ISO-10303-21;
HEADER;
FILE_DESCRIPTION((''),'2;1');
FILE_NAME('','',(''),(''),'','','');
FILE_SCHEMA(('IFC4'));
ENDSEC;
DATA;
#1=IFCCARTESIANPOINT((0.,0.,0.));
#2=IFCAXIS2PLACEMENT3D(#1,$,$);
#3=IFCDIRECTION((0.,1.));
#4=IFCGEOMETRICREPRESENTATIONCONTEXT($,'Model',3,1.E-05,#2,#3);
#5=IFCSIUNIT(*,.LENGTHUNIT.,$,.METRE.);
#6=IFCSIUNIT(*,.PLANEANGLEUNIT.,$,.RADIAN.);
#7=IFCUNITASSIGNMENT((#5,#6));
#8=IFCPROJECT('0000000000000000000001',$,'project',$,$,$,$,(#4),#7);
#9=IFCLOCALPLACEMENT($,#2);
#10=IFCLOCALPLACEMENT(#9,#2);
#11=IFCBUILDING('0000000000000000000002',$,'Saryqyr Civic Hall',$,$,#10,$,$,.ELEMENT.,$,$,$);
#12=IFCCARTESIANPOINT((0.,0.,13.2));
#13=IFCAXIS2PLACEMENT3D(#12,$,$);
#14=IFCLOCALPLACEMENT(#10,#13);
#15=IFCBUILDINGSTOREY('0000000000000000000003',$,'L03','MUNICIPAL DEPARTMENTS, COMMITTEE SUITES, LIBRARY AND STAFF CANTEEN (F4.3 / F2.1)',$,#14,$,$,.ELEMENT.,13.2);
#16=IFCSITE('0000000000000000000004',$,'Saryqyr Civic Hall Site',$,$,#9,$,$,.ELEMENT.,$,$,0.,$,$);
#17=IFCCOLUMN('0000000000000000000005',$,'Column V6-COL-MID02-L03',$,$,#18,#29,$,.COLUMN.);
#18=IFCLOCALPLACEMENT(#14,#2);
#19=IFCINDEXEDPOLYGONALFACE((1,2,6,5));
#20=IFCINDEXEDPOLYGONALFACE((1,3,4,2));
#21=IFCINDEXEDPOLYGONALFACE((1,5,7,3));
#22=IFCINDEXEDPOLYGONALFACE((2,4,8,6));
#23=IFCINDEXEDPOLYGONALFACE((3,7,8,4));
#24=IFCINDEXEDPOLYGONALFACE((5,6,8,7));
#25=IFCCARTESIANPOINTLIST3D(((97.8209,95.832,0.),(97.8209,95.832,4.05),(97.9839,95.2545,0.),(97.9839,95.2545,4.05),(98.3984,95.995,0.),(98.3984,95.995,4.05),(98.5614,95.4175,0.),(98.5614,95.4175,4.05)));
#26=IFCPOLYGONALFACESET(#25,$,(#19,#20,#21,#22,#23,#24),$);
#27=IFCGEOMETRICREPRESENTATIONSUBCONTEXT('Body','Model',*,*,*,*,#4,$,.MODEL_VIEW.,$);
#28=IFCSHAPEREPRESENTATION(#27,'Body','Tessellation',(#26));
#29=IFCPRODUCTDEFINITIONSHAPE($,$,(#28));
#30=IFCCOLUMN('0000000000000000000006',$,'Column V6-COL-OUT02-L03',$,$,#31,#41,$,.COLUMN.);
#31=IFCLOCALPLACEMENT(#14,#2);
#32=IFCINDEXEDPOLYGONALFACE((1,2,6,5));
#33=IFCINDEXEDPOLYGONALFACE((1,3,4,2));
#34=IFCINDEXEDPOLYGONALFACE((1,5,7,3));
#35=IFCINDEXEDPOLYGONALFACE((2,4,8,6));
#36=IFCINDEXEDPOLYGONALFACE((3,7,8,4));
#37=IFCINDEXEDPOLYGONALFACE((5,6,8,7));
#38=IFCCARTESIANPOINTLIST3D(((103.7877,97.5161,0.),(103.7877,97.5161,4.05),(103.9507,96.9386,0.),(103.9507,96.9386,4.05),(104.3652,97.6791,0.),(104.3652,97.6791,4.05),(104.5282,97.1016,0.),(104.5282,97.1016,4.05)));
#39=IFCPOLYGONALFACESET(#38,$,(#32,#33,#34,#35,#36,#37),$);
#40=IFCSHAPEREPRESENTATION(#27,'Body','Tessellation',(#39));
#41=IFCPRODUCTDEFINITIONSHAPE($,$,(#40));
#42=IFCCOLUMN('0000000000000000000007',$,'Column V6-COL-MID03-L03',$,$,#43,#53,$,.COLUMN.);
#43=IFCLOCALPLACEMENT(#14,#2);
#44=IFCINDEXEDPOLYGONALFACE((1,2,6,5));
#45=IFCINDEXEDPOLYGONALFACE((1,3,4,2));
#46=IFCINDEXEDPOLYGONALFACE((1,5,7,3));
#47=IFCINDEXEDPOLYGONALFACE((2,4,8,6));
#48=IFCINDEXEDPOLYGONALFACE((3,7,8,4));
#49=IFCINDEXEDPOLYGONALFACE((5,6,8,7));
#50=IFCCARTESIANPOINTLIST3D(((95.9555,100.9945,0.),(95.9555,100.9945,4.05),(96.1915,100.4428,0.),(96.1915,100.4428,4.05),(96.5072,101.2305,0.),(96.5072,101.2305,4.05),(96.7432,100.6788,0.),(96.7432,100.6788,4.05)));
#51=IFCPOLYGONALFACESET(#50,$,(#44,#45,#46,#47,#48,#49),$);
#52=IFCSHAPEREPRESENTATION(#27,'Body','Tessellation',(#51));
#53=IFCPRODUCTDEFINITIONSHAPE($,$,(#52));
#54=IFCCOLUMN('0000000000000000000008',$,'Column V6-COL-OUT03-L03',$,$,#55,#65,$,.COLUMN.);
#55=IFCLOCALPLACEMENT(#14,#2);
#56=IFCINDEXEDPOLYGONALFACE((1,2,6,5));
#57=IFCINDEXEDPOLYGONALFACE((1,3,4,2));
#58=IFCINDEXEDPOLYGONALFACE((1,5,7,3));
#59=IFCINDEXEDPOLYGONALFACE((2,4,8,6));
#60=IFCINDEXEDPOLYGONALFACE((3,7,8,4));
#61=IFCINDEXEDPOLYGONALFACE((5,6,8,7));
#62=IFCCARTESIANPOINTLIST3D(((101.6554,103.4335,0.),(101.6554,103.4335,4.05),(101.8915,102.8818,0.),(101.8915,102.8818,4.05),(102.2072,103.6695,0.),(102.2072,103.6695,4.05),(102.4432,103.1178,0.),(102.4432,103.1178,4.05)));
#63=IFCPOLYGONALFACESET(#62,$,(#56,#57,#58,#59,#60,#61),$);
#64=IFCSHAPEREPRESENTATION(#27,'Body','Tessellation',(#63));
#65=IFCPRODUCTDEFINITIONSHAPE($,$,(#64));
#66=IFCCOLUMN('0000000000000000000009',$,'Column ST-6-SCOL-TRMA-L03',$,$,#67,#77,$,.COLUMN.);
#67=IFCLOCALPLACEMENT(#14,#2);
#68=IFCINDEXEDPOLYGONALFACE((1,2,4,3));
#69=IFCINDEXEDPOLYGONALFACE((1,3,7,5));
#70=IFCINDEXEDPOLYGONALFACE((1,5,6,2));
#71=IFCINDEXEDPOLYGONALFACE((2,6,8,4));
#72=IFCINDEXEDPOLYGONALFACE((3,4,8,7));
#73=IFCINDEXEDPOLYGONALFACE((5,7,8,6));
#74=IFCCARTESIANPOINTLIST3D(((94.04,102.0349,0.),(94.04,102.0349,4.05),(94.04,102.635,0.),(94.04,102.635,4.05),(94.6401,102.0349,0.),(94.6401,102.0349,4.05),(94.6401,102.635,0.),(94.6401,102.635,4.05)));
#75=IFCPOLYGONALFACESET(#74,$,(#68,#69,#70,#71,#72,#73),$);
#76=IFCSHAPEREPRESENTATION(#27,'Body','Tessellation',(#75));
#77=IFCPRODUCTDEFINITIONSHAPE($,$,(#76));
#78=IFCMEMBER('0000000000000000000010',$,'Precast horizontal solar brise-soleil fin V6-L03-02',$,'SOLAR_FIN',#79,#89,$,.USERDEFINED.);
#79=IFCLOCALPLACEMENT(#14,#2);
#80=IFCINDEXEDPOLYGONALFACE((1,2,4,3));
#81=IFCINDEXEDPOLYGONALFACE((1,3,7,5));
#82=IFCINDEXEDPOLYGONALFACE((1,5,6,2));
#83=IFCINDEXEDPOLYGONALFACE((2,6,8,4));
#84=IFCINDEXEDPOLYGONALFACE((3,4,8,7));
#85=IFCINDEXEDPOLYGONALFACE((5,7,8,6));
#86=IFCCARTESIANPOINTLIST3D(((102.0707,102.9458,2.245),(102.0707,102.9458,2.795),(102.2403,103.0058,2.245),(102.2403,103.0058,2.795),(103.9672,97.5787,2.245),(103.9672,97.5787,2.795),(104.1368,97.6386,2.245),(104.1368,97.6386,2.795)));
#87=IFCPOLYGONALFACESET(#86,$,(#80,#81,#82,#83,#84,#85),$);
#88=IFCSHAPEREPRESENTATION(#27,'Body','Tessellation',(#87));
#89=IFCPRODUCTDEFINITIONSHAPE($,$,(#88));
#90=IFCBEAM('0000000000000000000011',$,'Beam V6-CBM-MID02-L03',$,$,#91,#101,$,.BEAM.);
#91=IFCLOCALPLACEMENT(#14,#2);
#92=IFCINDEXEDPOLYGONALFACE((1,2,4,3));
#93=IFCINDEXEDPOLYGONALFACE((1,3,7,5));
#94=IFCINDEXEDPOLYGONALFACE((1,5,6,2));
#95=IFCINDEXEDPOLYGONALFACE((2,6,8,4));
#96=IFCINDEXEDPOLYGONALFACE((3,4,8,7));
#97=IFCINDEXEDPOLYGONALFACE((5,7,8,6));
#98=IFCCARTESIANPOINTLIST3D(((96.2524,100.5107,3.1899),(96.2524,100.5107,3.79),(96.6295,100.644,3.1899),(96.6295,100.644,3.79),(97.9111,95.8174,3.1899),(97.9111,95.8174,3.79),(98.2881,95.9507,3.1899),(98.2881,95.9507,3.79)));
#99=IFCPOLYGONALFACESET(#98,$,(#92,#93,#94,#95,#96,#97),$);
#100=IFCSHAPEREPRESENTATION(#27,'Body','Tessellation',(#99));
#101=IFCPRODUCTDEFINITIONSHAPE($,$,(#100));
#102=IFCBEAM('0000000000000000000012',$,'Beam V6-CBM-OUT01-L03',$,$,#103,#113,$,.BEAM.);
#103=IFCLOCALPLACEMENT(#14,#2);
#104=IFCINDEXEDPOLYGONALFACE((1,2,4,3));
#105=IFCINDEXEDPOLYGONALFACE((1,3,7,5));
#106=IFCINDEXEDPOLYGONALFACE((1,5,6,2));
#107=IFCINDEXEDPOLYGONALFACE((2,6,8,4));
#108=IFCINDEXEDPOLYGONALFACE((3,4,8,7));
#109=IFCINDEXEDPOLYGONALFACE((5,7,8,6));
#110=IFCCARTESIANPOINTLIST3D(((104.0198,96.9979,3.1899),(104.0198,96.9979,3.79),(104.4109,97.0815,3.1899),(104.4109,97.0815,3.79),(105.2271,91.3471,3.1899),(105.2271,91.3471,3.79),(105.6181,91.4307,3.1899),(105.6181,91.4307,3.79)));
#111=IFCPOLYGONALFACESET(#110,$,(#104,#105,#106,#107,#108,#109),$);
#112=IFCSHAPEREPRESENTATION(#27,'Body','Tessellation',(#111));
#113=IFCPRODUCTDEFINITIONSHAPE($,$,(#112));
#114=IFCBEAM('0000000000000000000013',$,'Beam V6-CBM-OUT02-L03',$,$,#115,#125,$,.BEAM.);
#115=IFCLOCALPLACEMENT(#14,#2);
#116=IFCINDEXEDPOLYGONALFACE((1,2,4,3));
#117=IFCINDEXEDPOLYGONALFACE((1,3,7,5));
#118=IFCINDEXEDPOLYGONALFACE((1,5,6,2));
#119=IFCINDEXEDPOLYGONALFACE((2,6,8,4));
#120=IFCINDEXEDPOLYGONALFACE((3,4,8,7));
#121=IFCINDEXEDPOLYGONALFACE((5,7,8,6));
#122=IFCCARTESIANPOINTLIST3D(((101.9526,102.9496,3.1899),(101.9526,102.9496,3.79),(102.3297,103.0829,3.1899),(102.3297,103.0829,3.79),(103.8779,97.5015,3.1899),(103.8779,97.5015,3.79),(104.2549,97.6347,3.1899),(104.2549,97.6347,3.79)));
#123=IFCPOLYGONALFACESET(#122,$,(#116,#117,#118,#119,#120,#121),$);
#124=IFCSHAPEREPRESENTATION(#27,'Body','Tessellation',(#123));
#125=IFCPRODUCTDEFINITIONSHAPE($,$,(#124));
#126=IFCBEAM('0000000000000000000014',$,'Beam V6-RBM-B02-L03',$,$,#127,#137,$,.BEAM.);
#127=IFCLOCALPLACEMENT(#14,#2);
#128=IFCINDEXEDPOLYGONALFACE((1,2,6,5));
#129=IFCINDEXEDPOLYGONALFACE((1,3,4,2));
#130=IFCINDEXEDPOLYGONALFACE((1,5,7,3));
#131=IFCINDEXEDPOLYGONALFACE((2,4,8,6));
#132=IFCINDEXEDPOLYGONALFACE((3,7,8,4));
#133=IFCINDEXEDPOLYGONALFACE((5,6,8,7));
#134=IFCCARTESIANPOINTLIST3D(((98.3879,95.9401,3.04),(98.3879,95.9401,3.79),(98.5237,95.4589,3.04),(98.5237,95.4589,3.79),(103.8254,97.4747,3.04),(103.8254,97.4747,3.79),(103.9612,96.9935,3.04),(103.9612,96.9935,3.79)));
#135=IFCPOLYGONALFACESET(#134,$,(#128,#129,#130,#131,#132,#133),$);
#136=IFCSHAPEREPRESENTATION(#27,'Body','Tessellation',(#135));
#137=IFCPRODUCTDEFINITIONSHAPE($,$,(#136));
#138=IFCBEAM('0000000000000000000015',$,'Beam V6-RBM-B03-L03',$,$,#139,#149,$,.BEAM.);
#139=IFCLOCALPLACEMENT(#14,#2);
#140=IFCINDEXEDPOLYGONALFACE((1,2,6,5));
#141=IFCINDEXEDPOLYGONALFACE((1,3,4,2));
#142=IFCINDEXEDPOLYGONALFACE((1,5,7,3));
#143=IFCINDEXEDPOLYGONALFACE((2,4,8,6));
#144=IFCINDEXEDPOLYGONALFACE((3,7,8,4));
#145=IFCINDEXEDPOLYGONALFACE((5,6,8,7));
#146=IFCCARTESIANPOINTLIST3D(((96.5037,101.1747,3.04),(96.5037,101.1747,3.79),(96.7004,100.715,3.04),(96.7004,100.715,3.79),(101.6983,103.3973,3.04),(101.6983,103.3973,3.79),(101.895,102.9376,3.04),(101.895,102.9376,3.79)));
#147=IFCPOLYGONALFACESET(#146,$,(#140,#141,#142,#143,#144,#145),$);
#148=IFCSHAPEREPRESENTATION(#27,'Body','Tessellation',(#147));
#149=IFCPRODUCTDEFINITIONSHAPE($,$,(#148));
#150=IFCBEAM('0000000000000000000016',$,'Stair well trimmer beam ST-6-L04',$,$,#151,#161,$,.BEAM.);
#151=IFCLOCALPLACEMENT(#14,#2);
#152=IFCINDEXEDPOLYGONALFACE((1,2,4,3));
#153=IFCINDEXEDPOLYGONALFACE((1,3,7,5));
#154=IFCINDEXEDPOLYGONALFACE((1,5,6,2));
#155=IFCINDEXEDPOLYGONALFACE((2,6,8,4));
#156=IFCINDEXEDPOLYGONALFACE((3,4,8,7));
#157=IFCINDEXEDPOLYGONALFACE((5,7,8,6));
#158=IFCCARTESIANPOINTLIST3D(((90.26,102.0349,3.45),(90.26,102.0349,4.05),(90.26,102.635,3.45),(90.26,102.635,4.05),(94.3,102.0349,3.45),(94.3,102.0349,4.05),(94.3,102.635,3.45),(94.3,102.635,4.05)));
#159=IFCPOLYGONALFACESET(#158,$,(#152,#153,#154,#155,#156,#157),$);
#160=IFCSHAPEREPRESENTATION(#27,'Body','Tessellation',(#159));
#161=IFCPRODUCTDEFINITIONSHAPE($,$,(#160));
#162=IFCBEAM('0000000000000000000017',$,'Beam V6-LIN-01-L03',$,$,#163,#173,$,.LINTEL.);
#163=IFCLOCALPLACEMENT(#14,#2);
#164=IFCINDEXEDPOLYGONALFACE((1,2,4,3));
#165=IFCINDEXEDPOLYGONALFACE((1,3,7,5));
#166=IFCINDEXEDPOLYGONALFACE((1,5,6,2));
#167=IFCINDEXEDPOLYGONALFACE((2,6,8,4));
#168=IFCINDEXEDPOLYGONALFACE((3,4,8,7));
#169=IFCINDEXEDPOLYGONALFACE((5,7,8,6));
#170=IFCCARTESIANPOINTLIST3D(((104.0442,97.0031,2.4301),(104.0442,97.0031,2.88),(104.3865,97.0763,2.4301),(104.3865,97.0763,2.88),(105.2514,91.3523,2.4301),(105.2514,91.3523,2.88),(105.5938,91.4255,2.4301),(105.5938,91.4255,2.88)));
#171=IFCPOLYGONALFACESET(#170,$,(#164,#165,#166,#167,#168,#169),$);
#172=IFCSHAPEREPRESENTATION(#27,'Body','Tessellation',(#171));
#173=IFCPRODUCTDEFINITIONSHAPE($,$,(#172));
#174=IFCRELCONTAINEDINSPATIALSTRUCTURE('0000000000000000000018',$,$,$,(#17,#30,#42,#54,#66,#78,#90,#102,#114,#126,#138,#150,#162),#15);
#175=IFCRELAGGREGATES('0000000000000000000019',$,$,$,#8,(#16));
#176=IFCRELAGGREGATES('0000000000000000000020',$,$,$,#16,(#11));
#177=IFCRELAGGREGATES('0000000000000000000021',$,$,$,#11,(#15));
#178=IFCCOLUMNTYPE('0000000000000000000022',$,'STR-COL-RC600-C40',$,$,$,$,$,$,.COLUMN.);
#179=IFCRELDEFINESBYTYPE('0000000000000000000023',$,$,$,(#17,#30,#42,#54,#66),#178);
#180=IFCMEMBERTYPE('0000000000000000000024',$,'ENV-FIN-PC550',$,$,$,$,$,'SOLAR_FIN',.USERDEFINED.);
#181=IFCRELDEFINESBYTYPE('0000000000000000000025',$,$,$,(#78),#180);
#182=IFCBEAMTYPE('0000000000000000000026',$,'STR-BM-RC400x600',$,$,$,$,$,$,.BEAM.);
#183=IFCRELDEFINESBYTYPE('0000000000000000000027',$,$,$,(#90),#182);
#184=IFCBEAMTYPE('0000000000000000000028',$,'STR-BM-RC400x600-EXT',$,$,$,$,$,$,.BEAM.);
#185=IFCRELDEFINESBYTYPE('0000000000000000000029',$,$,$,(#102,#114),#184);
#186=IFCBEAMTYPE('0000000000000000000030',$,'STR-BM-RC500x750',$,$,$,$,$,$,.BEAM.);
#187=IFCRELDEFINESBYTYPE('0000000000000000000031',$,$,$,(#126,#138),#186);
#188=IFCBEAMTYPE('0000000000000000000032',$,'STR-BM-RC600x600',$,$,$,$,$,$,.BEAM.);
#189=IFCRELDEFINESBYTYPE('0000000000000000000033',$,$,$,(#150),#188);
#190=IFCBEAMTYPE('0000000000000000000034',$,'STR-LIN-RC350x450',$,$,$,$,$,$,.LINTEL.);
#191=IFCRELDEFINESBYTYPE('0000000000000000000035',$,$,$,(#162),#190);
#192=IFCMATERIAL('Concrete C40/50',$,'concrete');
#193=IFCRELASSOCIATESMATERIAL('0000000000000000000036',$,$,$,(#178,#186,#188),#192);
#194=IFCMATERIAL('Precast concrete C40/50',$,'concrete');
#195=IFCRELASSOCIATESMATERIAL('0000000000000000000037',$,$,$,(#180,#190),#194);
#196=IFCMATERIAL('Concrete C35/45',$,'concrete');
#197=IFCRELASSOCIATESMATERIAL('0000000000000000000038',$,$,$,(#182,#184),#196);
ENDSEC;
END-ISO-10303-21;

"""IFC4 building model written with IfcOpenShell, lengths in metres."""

from ifc_helpers import new_model, si_unit, direction, frame, origin, origin_2d, place, context, subcontext, project, spatial, rectangle, extrude, material, material_profile, profile_set, type_object, element, save


model = new_model("IFC4")

# Units and contexts
model_context = context("Model", 3, precision=1e-05, world=origin(), true_north=direction((0.0, 1.0)))
body_context = subcontext(model_context, "Body", "Model", "MODEL_VIEW")
ifc_project = project(units=[si_unit("LENGTHUNIT", "METRE"), si_unit("PLANEANGLEUNIT", "RADIAN")], contexts=[model_context])

# Site, building, storey
site_placement = place(None, origin())
site = spatial("IfcSite", under=ifc_project, at=site_placement, Name="Saryqyr Civic Hall Site", CompositionType="ELEMENT", RefElevation=0.0)
building_placement = place(site_placement, origin())
building = spatial("IfcBuilding", under=site, at=building_placement, Name="Saryqyr Civic Hall", CompositionType="ELEMENT")
storey_placement = place(building_placement, frame((0.0, 0.0, 13.2)))
storey = spatial("IfcBuildingStorey", under=building, at=storey_placement, Name="L03", Description="MUNICIPAL DEPARTMENTS, COMMITTEE SUITES, LIBRARY AND STAFF CANTEEN (F4.3 / F2.1)", CompositionType="ELEMENT", Elevation=13.2)

# Columns
ifc_material_1 = material(Name="Concrete C40/50", Category="concrete")
ifc_material_profile_1 = material_profile(ifc_material_1, rectangle(XDim=0.6001, YDim=0.6001, at=origin_2d()), Name="RC 600x600")
ifc_profile_set_1 = profile_set([ifc_material_profile_1], Name="Concrete C40/50")
column_type = type_object("IfcColumnType", Name="STR-COL-RC600-C40", PredefinedType="COLUMN", material=ifc_profile_set_1)
for number, where, z_axis, x_axis, name in (
    (1, (98.1912, 95.6248, 0.0), (0.0, 0.0, 1.0), (0.962408, 0.271608, 0.0), "Column V6-COL-MID02-L03"),
    (2, (104.158, 97.3088, 0.0), (0.0, 0.0, 1.0), (0.962408, 0.271608, 0.0), "Column V6-COL-OUT02-L03"),
    (3, (96.3494, 100.8367, 0.0), (0.0, 0.0, 1.0), (0.91941, 0.3933, 0.0), "Column V6-COL-MID03-L03"),
    (4, (102.0493, 103.2756, 0.0), (0.0, 0.0, 1.0), (0.91941, 0.3933, 0.0), "Column V6-COL-OUT03-L03"),
    (5, (94.3401, 102.335, 0.0), (0.0, 0.0, 1.0), (1.0, 0.0, 0.0), "Column ST-6-SCOL-TRMA-L03"),
):
    element("IfcColumn", number, at=place(storey_placement, frame(where, z_axis=z_axis, x_axis=x_axis)), inside=storey, type_object=column_type, Name=name, PredefinedType="COLUMN", context=body_context, shape_type="SweptSolid", body=[
        extrude(rectangle(XDim=0.6001, YDim=0.6001, at=origin_2d()), origin(), (0.0, 0.0, 1.0), 4.05),
    ])

# Member
ifc_material_2 = material(Name="Precast concrete C40/50", Category="concrete")
ifc_material_profile_2 = material_profile(ifc_material_2, rectangle(XDim=0.1799, YDim=0.55, at=origin_2d()), Name="PC FIN 180x550")
ifc_profile_set_2 = profile_set([ifc_material_profile_2], Name="Precast concrete C40/50")
member_type = type_object("IfcMemberType", Name="ENV-FIN-PC550", ElementType="SOLAR_FIN", PredefinedType="USERDEFINED", material=ifc_profile_set_2)
member_placement = place(storey_placement, frame((104.052, 97.6086, 2.52), z_axis=(-0.333161, 0.94287, 0.0), x_axis=(-0.94287, -0.333161, 0.0)))
element("IfcMember", 6, at=member_placement, inside=storey, type_object=member_type, Name="Precast horizontal solar brise-soleil fin V6-L03-02", ObjectType="SOLAR_FIN", PredefinedType="USERDEFINED", context=body_context, shape_type="SweptSolid", body=[
    extrude(rectangle(XDim=0.1799, YDim=0.55, at=origin_2d()), origin(), (0.0, 0.0, 1.0), 5.6924),
])

# Beams
ifc_material_3 = material(Name="Concrete C35/45", Category="concrete")
ifc_material_profile_3 = material_profile(ifc_material_3, rectangle(XDim=0.3999, YDim=0.6001, at=origin_2d()), Name="RC 400x600")
ifc_profile_set_3 = profile_set([ifc_material_profile_3], Name="Concrete C35/45")
beam_type_1 = type_object("IfcBeamType", Name="STR-BM-RC400x600", PredefinedType="BEAM", material=ifc_profile_set_3)
beam_1_placement = place(storey_placement, frame((98.0996, 95.884, 3.49), z_axis=(-0.333215, 0.942851, 0.0), x_axis=(-0.942851, -0.333215, 0.0)))
element("IfcBeam", 7, at=beam_1_placement, inside=storey, type_object=beam_type_1, Name="Beam V6-CBM-MID02-L03", PredefinedType="BEAM", context=body_context, shape_type="SweptSolid", body=[
    extrude(rectangle(XDim=0.3999, YDim=0.6001, at=origin_2d()), origin(), (0.0, 0.0, 1.0), 4.9778),
])
ifc_material_profile_4 = material_profile(ifc_material_3, rectangle(XDim=0.3999, YDim=0.6001, at=origin_2d()), Name="RC 400x600")
ifc_profile_set_4 = profile_set([ifc_material_profile_4], Name="Concrete C35/45")
beam_type_2 = type_object("IfcBeamType", Name="STR-BM-RC400x600-EXT", PredefinedType="BEAM", material=ifc_profile_set_4)
for number, where, z_axis, x_axis, name in (
    (8, (105.4226, 91.3889, 3.49), (-0.208929, 0.977931, 0.0), (-0.977931, -0.208929, 0.0), "Beam V6-CBM-OUT01-L03"),
    (9, (104.0664, 97.5681, 3.49), (-0.333187, 0.942861, 0.0), (-0.942861, -0.333187, 0.0), "Beam V6-CBM-OUT02-L03"),
):
    element("IfcBeam", number, at=place(storey_placement, frame(where, z_axis=z_axis, x_axis=x_axis)), inside=storey, type_object=beam_type_2, Name=name, PredefinedType="BEAM", context=body_context, shape_type="SweptSolid", body=[
        extrude(rectangle(XDim=0.3999, YDim=0.6001, at=origin_2d()), origin(), (0.0, 0.0, 1.0), 5.7783),
    ])
ifc_material_profile_5 = material_profile(ifc_material_1, rectangle(XDim=0.5, YDim=0.75, at=origin_2d()), Name="RC 500x750")
ifc_profile_set_5 = profile_set([ifc_material_profile_5], Name="Concrete C40/50")
beam_type_3 = type_object("IfcBeamType", Name="STR-BM-RC500x750", PredefinedType="BEAM", material=ifc_profile_set_5)
beam_2_placement = place(storey_placement, frame((98.4558, 95.6995, 3.415), z_axis=(0.962403, 0.271626, 0.0), x_axis=(-0.271626, 0.962403, 0.0)))
element("IfcBeam", 10, at=beam_2_placement, inside=storey, type_object=beam_type_3, Name="Beam V6-RBM-B02-L03", PredefinedType="BEAM", context=body_context, shape_type="SweptSolid", body=[
    extrude(rectangle(XDim=0.5, YDim=0.75, at=origin_2d()), origin(), (0.0, 0.0, 1.0), 5.6499),
])
beam_3_placement = place(storey_placement, frame((96.6021, 100.9448, 3.415), z_axis=(0.919375, 0.393382, 0.0), x_axis=(-0.393382, 0.919375, 0.0)))
element("IfcBeam", 11, at=beam_3_placement, inside=storey, type_object=beam_type_3, Name="Beam V6-RBM-B03-L03", PredefinedType="BEAM", context=body_context, shape_type="SweptSolid", body=[
    extrude(rectangle(XDim=0.5, YDim=0.75, at=origin_2d()), origin(), (0.0, 0.0, 1.0), 5.6501),
])
ifc_material_profile_6 = material_profile(ifc_material_1, rectangle(XDim=0.6001, YDim=0.6001, at=origin_2d()), Name="RC 600x600")
ifc_profile_set_6 = profile_set([ifc_material_profile_6], Name="Concrete C40/50")
beam_type_4 = type_object("IfcBeamType", Name="STR-BM-RC600x600", PredefinedType="BEAM", material=ifc_profile_set_6)
beam_4_placement = place(storey_placement, frame((94.3, 102.335, 3.75), z_axis=(-1.0, 0.0, 0.0), x_axis=(0.0, -1.0, 0.0)))
element("IfcBeam", 12, at=beam_4_placement, inside=storey, type_object=beam_type_4, Name="Stair well trimmer beam ST-6-L04", PredefinedType="BEAM", context=body_context, shape_type="SweptSolid", body=[
    extrude(rectangle(XDim=0.6001, YDim=0.6001, at=origin_2d()), origin(), (0.0, 0.0, 1.0), 4.04),
])
ifc_material_profile_7 = material_profile(ifc_material_2, rectangle(XDim=0.3501, YDim=0.45, at=origin_2d()), Name="RC 350x450")
ifc_profile_set_7 = profile_set([ifc_material_profile_7], Name="Precast concrete C40/50")
beam_type_5 = type_object("IfcBeamType", Name="STR-LIN-RC350x450", PredefinedType="LINTEL", material=ifc_profile_set_7)
beam_5_placement = place(storey_placement, frame((105.4226, 91.3889, 2.655), z_axis=(-0.208929, 0.977931, 0.0), x_axis=(-0.977931, -0.208929, 0.0)))
element("IfcBeam", 13, at=beam_5_placement, inside=storey, type_object=beam_type_5, Name="Beam V6-LIN-01-L03", PredefinedType="LINTEL", context=body_context, shape_type="SweptSolid", body=[
    extrude(rectangle(XDim=0.3501, YDim=0.45, at=origin_2d()), origin(), (0.0, 0.0, 1.0), 5.7783),
])

save(model, "model.ifc")
